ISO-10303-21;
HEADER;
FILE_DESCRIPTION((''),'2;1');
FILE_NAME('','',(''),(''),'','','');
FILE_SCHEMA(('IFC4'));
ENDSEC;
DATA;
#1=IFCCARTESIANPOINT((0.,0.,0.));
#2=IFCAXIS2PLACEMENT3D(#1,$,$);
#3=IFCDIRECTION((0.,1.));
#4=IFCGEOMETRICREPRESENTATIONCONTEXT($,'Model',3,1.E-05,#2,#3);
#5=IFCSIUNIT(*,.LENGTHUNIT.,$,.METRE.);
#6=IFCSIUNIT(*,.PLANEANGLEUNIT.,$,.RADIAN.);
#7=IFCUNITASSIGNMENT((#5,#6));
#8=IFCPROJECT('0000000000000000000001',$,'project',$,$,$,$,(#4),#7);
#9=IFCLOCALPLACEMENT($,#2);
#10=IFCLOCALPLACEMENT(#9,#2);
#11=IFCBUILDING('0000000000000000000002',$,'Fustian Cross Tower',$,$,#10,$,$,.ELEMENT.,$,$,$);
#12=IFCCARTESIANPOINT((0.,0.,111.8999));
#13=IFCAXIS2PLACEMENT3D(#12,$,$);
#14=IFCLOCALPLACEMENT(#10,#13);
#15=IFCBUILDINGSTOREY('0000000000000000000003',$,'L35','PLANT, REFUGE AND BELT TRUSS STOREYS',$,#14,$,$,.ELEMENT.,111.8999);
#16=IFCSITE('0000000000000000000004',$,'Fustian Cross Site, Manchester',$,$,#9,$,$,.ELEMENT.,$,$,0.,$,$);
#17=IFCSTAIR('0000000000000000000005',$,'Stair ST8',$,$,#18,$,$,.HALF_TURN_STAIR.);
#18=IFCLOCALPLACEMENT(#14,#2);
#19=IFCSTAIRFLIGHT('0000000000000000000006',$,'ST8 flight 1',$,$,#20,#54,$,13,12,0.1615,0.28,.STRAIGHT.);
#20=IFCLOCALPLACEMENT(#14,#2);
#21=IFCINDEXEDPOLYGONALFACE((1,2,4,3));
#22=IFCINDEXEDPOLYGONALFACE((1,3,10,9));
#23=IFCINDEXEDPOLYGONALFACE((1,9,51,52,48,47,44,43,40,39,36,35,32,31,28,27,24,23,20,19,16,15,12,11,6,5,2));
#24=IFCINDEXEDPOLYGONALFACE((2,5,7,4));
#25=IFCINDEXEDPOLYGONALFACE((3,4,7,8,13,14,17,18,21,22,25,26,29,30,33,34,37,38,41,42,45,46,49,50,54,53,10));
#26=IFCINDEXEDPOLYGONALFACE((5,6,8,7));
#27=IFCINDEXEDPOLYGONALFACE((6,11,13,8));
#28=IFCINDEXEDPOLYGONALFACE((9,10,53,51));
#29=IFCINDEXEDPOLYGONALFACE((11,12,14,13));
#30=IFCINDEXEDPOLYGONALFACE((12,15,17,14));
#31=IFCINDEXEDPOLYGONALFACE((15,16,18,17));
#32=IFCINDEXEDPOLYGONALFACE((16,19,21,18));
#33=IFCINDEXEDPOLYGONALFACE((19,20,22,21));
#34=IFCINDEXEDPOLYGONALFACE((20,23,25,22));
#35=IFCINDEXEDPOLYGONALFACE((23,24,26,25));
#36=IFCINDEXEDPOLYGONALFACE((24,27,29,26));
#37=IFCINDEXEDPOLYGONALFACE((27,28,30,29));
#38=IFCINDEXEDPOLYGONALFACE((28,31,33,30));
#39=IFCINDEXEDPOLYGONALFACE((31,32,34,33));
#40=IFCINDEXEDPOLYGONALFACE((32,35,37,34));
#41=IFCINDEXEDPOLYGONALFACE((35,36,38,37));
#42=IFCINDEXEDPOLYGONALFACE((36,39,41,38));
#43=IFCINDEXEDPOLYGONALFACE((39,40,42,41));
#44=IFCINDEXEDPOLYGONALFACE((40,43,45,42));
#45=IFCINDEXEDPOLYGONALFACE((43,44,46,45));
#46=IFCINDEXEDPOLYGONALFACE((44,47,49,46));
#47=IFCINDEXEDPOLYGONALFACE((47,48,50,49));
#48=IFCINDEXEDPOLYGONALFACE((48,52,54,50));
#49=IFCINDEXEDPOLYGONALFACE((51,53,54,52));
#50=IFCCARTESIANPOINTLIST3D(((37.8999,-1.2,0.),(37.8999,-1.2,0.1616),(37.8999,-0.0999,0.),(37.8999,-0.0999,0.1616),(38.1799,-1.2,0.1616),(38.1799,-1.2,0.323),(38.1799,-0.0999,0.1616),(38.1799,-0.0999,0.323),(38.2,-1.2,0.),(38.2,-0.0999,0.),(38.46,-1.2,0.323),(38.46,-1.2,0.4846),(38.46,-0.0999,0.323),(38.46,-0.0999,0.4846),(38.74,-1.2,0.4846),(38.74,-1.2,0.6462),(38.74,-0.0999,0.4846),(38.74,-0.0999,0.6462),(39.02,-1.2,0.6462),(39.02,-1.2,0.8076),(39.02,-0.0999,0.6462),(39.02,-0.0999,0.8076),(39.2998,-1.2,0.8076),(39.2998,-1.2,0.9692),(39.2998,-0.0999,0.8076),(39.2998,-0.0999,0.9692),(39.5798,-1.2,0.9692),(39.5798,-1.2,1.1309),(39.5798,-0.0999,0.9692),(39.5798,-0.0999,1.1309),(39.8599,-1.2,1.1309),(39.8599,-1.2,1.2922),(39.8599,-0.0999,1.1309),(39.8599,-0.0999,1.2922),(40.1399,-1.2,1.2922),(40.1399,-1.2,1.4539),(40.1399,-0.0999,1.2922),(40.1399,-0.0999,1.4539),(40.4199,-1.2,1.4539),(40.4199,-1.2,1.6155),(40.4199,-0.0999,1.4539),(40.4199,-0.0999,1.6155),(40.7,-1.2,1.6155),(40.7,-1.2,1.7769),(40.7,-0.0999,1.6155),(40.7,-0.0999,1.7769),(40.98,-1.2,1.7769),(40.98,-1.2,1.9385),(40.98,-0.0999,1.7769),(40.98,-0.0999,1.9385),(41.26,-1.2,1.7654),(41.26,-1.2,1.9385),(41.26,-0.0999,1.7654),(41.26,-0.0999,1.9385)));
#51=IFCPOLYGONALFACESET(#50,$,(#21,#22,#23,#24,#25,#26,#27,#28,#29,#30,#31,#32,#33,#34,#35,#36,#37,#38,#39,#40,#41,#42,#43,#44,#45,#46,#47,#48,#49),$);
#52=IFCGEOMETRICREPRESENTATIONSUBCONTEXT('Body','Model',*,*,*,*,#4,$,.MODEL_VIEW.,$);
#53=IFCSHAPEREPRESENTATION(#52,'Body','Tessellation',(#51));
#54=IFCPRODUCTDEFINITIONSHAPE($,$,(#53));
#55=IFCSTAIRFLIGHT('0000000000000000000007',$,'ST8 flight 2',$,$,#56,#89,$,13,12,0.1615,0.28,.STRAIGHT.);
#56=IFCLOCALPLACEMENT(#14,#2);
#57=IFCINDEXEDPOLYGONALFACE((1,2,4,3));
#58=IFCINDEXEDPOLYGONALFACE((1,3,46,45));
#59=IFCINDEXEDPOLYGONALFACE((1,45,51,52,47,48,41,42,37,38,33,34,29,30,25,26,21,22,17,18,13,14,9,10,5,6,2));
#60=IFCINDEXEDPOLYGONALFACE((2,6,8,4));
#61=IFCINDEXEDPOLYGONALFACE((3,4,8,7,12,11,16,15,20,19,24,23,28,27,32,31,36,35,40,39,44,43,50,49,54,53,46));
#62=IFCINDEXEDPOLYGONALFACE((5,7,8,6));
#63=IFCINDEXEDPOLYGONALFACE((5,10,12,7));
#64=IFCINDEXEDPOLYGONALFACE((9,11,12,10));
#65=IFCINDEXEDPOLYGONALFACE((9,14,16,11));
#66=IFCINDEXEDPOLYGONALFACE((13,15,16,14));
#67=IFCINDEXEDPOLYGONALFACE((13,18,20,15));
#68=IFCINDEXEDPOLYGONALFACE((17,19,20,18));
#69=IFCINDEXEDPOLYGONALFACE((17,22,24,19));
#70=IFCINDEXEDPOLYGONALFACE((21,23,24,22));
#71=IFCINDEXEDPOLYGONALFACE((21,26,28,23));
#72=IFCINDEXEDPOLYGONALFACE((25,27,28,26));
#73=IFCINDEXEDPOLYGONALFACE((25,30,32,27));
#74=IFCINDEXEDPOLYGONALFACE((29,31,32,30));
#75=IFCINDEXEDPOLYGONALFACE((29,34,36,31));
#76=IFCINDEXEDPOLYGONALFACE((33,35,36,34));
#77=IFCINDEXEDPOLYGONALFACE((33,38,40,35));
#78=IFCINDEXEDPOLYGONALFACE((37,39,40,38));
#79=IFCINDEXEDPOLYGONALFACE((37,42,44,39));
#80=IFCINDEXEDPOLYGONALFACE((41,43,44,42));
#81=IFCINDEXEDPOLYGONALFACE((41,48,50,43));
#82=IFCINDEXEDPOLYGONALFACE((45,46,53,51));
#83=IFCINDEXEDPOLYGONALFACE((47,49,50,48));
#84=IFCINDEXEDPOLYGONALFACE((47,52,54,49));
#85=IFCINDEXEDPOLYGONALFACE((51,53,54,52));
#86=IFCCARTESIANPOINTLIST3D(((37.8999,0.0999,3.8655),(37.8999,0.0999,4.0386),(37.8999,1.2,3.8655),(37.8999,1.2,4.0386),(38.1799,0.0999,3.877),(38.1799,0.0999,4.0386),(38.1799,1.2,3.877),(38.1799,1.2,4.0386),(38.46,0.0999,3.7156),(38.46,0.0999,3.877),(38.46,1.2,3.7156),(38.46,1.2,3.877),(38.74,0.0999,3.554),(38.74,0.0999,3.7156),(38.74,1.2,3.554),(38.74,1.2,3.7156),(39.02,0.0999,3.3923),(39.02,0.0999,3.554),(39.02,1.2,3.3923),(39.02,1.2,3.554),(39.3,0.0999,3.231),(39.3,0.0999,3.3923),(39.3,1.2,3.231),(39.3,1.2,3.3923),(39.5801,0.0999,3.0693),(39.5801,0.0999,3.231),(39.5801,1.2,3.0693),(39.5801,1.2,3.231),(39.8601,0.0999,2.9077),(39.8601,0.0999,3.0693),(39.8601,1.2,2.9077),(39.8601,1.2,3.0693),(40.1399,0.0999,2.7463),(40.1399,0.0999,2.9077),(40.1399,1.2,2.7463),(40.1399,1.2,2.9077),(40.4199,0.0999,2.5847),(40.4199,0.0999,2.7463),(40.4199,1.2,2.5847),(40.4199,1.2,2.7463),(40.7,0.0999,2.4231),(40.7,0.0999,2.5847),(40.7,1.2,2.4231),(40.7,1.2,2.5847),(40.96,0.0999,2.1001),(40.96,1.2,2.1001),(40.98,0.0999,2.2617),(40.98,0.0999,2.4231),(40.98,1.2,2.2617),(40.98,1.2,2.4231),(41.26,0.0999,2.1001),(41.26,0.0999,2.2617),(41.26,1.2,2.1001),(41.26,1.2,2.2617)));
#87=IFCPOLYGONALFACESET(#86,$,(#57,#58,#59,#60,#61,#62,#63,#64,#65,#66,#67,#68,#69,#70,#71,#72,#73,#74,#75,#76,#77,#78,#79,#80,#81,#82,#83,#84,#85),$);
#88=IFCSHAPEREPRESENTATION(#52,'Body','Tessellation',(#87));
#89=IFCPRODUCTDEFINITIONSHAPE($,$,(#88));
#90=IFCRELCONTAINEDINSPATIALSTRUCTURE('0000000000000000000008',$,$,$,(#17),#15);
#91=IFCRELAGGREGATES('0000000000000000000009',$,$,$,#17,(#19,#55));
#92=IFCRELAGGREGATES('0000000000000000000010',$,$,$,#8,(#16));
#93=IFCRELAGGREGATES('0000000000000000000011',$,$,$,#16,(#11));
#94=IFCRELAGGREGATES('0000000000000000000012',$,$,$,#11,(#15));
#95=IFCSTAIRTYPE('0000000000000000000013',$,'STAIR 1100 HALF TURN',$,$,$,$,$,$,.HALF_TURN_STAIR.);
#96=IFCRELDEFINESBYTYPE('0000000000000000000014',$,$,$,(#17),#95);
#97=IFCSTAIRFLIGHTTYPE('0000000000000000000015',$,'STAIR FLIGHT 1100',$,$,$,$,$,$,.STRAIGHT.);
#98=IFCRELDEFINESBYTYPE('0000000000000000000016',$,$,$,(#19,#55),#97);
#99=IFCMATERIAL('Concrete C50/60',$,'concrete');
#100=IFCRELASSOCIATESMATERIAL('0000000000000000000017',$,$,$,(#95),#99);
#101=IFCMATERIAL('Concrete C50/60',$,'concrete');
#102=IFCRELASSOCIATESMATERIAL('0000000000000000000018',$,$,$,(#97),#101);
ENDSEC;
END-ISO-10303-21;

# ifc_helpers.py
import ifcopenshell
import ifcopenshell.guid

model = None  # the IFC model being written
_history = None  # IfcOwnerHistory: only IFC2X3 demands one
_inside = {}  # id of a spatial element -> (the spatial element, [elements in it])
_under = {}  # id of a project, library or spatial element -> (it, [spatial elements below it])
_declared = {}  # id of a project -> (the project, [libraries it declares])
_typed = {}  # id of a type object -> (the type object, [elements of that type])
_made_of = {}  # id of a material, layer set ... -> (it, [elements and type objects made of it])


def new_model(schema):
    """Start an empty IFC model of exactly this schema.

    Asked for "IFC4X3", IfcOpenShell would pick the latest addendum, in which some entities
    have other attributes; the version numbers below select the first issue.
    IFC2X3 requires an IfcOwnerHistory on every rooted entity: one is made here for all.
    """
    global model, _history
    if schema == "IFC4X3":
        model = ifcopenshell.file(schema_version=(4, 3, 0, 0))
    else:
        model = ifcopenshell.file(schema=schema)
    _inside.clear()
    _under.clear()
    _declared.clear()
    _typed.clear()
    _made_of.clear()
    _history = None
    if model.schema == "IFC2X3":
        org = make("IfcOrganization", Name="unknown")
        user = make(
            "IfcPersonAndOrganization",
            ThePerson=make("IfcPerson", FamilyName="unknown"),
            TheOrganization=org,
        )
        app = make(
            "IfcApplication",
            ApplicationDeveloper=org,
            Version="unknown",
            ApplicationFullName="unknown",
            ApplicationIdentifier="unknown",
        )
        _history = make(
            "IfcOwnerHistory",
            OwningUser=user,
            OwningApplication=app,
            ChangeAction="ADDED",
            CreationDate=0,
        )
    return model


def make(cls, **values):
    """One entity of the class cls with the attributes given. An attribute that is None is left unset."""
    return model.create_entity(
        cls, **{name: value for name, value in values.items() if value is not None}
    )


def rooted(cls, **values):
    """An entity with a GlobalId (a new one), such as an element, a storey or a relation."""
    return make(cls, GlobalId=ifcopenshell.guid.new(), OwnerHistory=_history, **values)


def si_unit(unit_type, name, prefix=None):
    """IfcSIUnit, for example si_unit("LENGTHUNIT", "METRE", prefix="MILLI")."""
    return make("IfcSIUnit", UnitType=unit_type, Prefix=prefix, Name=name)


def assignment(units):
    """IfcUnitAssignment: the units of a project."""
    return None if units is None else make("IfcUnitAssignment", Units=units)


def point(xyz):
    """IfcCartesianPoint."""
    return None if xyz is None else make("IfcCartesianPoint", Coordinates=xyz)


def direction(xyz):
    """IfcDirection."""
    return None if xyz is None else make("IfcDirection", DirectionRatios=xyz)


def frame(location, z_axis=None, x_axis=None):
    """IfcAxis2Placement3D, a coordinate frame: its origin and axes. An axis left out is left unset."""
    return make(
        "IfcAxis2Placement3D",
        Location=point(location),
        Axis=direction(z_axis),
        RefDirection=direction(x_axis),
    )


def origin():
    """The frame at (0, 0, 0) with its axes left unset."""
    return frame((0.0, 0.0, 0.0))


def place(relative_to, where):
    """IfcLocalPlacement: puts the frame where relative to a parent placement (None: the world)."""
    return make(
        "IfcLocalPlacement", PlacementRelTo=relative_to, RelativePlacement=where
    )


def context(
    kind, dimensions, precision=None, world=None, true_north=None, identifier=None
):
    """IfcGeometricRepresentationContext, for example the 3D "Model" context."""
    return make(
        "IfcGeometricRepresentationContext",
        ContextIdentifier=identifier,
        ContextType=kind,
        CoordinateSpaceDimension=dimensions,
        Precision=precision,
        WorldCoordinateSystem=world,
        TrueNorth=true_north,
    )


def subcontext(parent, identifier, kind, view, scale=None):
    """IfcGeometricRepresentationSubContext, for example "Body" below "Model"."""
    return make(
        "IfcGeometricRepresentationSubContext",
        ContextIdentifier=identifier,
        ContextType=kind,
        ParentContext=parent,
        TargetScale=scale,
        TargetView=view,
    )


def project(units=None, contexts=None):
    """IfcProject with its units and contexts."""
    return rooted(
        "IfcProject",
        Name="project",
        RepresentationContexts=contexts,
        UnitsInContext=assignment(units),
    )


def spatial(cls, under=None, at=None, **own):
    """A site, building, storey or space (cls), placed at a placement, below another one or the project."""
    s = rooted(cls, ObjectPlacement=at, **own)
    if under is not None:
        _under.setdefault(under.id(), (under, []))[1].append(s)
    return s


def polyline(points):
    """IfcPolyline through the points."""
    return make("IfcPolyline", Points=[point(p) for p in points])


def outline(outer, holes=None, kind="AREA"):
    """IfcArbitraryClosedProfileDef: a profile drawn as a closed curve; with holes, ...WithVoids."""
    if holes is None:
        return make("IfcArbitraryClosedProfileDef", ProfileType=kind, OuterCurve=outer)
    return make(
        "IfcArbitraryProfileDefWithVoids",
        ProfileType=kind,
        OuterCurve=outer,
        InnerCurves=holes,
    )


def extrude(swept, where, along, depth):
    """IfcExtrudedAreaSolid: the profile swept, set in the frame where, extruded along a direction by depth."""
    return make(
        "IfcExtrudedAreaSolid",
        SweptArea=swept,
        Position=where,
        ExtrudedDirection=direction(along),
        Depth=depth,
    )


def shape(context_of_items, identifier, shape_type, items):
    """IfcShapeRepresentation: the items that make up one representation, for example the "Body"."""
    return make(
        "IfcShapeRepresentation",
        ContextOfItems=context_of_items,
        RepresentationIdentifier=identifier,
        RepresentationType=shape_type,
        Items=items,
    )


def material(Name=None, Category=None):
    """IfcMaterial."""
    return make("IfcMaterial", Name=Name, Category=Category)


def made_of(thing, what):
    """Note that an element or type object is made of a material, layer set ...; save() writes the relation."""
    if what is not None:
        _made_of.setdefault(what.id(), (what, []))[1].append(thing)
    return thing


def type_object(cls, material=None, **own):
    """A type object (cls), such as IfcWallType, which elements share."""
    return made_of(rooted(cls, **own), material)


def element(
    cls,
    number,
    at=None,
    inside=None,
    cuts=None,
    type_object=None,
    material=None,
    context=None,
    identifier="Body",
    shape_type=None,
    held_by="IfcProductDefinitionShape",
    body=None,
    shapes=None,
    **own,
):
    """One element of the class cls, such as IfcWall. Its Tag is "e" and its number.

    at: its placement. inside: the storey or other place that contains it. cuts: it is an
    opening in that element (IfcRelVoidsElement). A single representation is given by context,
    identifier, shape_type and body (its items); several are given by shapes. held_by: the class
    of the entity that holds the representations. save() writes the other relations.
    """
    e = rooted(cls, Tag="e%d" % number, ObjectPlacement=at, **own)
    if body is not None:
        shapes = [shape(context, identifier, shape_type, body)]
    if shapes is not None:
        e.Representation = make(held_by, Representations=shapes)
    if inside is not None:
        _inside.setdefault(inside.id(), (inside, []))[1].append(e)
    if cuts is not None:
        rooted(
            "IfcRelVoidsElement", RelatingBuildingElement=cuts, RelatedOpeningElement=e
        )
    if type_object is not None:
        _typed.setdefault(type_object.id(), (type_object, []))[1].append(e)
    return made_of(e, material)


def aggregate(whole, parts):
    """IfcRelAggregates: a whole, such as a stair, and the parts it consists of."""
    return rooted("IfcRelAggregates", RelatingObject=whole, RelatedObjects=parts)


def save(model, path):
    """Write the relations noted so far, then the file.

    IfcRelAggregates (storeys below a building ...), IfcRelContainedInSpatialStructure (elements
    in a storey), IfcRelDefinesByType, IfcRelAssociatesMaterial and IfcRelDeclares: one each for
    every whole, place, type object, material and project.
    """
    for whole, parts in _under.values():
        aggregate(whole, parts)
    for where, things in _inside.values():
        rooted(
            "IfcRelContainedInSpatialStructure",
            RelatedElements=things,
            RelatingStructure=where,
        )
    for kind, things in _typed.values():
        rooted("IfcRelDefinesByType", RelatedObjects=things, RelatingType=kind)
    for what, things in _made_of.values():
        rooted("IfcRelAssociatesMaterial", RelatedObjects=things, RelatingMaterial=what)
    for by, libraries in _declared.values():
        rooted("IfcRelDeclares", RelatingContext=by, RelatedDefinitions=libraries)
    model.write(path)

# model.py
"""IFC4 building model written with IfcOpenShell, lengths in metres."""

from ifc_helpers import new_model, si_unit, direction, frame, origin, place, context, subcontext, project, spatial, polyline, outline, extrude, material, type_object, element, aggregate, save


model = new_model("IFC4")

# Units and contexts
model_context = context("Model", 3, precision=1e-05, world=origin(), true_north=direction((0.0, 1.0)))
body_context = subcontext(model_context, "Body", "Model", "MODEL_VIEW")
ifc_project = project(units=[si_unit("LENGTHUNIT", "METRE"), si_unit("PLANEANGLEUNIT", "RADIAN")], contexts=[model_context])

# Site, building, storey
site_placement = place(None, origin())
site = spatial("IfcSite", under=ifc_project, at=site_placement, Name="Fustian Cross Site, Manchester", CompositionType="ELEMENT", RefElevation=0.0)
building_placement = place(site_placement, origin())
building = spatial("IfcBuilding", under=site, at=building_placement, Name="Fustian Cross Tower", CompositionType="ELEMENT")
storey_placement = place(building_placement, frame((0.0, 0.0, 111.8999)))
storey = spatial("IfcBuildingStorey", under=building, at=storey_placement, Name="L35", Description="PLANT, REFUGE AND BELT TRUSS STOREYS", CompositionType="ELEMENT", Elevation=111.8999)

# Stair, stair flights
ifc_material_1 = material(Name="Concrete C50/60", Category="concrete")
stair_type = type_object("IfcStairType", Name="STAIR 1100 HALF TURN", PredefinedType="HALF_TURN_STAIR", material=ifc_material_1)
stair_placement = place(storey_placement, origin())
stair = element("IfcStair", 1, at=stair_placement, inside=storey, type_object=stair_type, Name="Stair ST8", PredefinedType="HALF_TURN_STAIR")
ifc_material_2 = material(Name="Concrete C50/60", Category="concrete")
stair_flight_type = type_object("IfcStairFlightType", Name="STAIR FLIGHT 1100", PredefinedType="STRAIGHT", material=ifc_material_2)
stair_flight_1_placement = place(storey_placement, frame((37.8999, -0.6499, 0.0), z_axis=(0.0, 0.0, 1.0), x_axis=(1.0, 0.0, 0.0)))
stair_flight_1 = element("IfcStairFlight", 2, at=stair_flight_1_placement, type_object=stair_flight_type, Name="ST8 flight 1", NumberOfRisers=13, NumberOfTreads=12, PredefinedType="STRAIGHT", RiserHeight=0.1615, TreadLength=0.28, context=body_context, shape_type="SweptSolid", body=[
    extrude(outline(polyline([(0.0, 0.0), (0.0, 0.1616), (0.28, 0.1616), (0.28, 0.323), (0.5601, 0.323), (0.5601, 0.4846), (0.8401, 0.4846), (0.8401, 0.6462), (1.1201, 0.6462), (1.1201, 0.8076), (1.3999, 0.8076), (1.3999, 0.9692), (1.6799, 0.9692), (1.6799, 1.1309), (1.96, 1.1309), (1.96, 1.2922), (2.24, 1.2922), (2.24, 1.4539), (2.52, 1.4539), (2.52, 1.6155), (2.8, 1.6155), (2.8, 1.7769), (3.0801, 1.7769), (3.0801, 1.9385), (3.3601, 1.9385), (3.3601, 2.1001), (3.3601, 1.7654), (0.3, 0.0), (0.0, 0.0)])), frame((0.0, 0.55, 0.0), z_axis=(0.0, -1.0, 0.0), x_axis=(1.0, 0.0, 0.0)), (0.0, 0.0, 1.0), 1.1001),
])
stair_flight_2_placement = place(storey_placement, frame((41.26, 0.6499, 2.1001), z_axis=(0.0, 0.0, 1.0), x_axis=(-1.0, 0.0, 0.0)))
stair_flight_2 = element("IfcStairFlight", 3, at=stair_flight_2_placement, type_object=stair_flight_type, Name="ST8 flight 2", NumberOfRisers=13, NumberOfTreads=12, PredefinedType="STRAIGHT", RiserHeight=0.1615, TreadLength=0.28, context=body_context, shape_type="SweptSolid", body=[
    extrude(outline(polyline([(0.0, 0.0), (0.0, 0.1616), (0.28, 0.1616), (0.28, 0.323), (0.5601, 0.323), (0.5601, 0.4846), (0.8401, 0.4846), (0.8401, 0.6462), (1.1201, 0.6462), (1.1201, 0.8076), (1.3999, 0.8076), (1.3999, 0.9692), (1.6799, 0.9692), (1.6799, 1.1309), (1.96, 1.1309), (1.96, 1.2922), (2.24, 1.2922), (2.24, 1.4539), (2.52, 1.4539), (2.52, 1.6155), (2.8, 1.6155), (2.8, 1.7769), (3.0801, 1.7769), (3.0801, 1.9385), (3.3601, 1.9385), (3.3601, 2.1001), (3.3601, 1.7654), (0.3, 0.0), (0.0, 0.0)])), frame((0.0, 0.55, 0.0), z_axis=(0.0, -1.0, 0.0), x_axis=(1.0, 0.0, 0.0)), (0.0, 0.0, 1.0), 1.1001),
])
aggregate(stair, [stair_flight_1, stair_flight_2])

save(model, "model.ifc")
